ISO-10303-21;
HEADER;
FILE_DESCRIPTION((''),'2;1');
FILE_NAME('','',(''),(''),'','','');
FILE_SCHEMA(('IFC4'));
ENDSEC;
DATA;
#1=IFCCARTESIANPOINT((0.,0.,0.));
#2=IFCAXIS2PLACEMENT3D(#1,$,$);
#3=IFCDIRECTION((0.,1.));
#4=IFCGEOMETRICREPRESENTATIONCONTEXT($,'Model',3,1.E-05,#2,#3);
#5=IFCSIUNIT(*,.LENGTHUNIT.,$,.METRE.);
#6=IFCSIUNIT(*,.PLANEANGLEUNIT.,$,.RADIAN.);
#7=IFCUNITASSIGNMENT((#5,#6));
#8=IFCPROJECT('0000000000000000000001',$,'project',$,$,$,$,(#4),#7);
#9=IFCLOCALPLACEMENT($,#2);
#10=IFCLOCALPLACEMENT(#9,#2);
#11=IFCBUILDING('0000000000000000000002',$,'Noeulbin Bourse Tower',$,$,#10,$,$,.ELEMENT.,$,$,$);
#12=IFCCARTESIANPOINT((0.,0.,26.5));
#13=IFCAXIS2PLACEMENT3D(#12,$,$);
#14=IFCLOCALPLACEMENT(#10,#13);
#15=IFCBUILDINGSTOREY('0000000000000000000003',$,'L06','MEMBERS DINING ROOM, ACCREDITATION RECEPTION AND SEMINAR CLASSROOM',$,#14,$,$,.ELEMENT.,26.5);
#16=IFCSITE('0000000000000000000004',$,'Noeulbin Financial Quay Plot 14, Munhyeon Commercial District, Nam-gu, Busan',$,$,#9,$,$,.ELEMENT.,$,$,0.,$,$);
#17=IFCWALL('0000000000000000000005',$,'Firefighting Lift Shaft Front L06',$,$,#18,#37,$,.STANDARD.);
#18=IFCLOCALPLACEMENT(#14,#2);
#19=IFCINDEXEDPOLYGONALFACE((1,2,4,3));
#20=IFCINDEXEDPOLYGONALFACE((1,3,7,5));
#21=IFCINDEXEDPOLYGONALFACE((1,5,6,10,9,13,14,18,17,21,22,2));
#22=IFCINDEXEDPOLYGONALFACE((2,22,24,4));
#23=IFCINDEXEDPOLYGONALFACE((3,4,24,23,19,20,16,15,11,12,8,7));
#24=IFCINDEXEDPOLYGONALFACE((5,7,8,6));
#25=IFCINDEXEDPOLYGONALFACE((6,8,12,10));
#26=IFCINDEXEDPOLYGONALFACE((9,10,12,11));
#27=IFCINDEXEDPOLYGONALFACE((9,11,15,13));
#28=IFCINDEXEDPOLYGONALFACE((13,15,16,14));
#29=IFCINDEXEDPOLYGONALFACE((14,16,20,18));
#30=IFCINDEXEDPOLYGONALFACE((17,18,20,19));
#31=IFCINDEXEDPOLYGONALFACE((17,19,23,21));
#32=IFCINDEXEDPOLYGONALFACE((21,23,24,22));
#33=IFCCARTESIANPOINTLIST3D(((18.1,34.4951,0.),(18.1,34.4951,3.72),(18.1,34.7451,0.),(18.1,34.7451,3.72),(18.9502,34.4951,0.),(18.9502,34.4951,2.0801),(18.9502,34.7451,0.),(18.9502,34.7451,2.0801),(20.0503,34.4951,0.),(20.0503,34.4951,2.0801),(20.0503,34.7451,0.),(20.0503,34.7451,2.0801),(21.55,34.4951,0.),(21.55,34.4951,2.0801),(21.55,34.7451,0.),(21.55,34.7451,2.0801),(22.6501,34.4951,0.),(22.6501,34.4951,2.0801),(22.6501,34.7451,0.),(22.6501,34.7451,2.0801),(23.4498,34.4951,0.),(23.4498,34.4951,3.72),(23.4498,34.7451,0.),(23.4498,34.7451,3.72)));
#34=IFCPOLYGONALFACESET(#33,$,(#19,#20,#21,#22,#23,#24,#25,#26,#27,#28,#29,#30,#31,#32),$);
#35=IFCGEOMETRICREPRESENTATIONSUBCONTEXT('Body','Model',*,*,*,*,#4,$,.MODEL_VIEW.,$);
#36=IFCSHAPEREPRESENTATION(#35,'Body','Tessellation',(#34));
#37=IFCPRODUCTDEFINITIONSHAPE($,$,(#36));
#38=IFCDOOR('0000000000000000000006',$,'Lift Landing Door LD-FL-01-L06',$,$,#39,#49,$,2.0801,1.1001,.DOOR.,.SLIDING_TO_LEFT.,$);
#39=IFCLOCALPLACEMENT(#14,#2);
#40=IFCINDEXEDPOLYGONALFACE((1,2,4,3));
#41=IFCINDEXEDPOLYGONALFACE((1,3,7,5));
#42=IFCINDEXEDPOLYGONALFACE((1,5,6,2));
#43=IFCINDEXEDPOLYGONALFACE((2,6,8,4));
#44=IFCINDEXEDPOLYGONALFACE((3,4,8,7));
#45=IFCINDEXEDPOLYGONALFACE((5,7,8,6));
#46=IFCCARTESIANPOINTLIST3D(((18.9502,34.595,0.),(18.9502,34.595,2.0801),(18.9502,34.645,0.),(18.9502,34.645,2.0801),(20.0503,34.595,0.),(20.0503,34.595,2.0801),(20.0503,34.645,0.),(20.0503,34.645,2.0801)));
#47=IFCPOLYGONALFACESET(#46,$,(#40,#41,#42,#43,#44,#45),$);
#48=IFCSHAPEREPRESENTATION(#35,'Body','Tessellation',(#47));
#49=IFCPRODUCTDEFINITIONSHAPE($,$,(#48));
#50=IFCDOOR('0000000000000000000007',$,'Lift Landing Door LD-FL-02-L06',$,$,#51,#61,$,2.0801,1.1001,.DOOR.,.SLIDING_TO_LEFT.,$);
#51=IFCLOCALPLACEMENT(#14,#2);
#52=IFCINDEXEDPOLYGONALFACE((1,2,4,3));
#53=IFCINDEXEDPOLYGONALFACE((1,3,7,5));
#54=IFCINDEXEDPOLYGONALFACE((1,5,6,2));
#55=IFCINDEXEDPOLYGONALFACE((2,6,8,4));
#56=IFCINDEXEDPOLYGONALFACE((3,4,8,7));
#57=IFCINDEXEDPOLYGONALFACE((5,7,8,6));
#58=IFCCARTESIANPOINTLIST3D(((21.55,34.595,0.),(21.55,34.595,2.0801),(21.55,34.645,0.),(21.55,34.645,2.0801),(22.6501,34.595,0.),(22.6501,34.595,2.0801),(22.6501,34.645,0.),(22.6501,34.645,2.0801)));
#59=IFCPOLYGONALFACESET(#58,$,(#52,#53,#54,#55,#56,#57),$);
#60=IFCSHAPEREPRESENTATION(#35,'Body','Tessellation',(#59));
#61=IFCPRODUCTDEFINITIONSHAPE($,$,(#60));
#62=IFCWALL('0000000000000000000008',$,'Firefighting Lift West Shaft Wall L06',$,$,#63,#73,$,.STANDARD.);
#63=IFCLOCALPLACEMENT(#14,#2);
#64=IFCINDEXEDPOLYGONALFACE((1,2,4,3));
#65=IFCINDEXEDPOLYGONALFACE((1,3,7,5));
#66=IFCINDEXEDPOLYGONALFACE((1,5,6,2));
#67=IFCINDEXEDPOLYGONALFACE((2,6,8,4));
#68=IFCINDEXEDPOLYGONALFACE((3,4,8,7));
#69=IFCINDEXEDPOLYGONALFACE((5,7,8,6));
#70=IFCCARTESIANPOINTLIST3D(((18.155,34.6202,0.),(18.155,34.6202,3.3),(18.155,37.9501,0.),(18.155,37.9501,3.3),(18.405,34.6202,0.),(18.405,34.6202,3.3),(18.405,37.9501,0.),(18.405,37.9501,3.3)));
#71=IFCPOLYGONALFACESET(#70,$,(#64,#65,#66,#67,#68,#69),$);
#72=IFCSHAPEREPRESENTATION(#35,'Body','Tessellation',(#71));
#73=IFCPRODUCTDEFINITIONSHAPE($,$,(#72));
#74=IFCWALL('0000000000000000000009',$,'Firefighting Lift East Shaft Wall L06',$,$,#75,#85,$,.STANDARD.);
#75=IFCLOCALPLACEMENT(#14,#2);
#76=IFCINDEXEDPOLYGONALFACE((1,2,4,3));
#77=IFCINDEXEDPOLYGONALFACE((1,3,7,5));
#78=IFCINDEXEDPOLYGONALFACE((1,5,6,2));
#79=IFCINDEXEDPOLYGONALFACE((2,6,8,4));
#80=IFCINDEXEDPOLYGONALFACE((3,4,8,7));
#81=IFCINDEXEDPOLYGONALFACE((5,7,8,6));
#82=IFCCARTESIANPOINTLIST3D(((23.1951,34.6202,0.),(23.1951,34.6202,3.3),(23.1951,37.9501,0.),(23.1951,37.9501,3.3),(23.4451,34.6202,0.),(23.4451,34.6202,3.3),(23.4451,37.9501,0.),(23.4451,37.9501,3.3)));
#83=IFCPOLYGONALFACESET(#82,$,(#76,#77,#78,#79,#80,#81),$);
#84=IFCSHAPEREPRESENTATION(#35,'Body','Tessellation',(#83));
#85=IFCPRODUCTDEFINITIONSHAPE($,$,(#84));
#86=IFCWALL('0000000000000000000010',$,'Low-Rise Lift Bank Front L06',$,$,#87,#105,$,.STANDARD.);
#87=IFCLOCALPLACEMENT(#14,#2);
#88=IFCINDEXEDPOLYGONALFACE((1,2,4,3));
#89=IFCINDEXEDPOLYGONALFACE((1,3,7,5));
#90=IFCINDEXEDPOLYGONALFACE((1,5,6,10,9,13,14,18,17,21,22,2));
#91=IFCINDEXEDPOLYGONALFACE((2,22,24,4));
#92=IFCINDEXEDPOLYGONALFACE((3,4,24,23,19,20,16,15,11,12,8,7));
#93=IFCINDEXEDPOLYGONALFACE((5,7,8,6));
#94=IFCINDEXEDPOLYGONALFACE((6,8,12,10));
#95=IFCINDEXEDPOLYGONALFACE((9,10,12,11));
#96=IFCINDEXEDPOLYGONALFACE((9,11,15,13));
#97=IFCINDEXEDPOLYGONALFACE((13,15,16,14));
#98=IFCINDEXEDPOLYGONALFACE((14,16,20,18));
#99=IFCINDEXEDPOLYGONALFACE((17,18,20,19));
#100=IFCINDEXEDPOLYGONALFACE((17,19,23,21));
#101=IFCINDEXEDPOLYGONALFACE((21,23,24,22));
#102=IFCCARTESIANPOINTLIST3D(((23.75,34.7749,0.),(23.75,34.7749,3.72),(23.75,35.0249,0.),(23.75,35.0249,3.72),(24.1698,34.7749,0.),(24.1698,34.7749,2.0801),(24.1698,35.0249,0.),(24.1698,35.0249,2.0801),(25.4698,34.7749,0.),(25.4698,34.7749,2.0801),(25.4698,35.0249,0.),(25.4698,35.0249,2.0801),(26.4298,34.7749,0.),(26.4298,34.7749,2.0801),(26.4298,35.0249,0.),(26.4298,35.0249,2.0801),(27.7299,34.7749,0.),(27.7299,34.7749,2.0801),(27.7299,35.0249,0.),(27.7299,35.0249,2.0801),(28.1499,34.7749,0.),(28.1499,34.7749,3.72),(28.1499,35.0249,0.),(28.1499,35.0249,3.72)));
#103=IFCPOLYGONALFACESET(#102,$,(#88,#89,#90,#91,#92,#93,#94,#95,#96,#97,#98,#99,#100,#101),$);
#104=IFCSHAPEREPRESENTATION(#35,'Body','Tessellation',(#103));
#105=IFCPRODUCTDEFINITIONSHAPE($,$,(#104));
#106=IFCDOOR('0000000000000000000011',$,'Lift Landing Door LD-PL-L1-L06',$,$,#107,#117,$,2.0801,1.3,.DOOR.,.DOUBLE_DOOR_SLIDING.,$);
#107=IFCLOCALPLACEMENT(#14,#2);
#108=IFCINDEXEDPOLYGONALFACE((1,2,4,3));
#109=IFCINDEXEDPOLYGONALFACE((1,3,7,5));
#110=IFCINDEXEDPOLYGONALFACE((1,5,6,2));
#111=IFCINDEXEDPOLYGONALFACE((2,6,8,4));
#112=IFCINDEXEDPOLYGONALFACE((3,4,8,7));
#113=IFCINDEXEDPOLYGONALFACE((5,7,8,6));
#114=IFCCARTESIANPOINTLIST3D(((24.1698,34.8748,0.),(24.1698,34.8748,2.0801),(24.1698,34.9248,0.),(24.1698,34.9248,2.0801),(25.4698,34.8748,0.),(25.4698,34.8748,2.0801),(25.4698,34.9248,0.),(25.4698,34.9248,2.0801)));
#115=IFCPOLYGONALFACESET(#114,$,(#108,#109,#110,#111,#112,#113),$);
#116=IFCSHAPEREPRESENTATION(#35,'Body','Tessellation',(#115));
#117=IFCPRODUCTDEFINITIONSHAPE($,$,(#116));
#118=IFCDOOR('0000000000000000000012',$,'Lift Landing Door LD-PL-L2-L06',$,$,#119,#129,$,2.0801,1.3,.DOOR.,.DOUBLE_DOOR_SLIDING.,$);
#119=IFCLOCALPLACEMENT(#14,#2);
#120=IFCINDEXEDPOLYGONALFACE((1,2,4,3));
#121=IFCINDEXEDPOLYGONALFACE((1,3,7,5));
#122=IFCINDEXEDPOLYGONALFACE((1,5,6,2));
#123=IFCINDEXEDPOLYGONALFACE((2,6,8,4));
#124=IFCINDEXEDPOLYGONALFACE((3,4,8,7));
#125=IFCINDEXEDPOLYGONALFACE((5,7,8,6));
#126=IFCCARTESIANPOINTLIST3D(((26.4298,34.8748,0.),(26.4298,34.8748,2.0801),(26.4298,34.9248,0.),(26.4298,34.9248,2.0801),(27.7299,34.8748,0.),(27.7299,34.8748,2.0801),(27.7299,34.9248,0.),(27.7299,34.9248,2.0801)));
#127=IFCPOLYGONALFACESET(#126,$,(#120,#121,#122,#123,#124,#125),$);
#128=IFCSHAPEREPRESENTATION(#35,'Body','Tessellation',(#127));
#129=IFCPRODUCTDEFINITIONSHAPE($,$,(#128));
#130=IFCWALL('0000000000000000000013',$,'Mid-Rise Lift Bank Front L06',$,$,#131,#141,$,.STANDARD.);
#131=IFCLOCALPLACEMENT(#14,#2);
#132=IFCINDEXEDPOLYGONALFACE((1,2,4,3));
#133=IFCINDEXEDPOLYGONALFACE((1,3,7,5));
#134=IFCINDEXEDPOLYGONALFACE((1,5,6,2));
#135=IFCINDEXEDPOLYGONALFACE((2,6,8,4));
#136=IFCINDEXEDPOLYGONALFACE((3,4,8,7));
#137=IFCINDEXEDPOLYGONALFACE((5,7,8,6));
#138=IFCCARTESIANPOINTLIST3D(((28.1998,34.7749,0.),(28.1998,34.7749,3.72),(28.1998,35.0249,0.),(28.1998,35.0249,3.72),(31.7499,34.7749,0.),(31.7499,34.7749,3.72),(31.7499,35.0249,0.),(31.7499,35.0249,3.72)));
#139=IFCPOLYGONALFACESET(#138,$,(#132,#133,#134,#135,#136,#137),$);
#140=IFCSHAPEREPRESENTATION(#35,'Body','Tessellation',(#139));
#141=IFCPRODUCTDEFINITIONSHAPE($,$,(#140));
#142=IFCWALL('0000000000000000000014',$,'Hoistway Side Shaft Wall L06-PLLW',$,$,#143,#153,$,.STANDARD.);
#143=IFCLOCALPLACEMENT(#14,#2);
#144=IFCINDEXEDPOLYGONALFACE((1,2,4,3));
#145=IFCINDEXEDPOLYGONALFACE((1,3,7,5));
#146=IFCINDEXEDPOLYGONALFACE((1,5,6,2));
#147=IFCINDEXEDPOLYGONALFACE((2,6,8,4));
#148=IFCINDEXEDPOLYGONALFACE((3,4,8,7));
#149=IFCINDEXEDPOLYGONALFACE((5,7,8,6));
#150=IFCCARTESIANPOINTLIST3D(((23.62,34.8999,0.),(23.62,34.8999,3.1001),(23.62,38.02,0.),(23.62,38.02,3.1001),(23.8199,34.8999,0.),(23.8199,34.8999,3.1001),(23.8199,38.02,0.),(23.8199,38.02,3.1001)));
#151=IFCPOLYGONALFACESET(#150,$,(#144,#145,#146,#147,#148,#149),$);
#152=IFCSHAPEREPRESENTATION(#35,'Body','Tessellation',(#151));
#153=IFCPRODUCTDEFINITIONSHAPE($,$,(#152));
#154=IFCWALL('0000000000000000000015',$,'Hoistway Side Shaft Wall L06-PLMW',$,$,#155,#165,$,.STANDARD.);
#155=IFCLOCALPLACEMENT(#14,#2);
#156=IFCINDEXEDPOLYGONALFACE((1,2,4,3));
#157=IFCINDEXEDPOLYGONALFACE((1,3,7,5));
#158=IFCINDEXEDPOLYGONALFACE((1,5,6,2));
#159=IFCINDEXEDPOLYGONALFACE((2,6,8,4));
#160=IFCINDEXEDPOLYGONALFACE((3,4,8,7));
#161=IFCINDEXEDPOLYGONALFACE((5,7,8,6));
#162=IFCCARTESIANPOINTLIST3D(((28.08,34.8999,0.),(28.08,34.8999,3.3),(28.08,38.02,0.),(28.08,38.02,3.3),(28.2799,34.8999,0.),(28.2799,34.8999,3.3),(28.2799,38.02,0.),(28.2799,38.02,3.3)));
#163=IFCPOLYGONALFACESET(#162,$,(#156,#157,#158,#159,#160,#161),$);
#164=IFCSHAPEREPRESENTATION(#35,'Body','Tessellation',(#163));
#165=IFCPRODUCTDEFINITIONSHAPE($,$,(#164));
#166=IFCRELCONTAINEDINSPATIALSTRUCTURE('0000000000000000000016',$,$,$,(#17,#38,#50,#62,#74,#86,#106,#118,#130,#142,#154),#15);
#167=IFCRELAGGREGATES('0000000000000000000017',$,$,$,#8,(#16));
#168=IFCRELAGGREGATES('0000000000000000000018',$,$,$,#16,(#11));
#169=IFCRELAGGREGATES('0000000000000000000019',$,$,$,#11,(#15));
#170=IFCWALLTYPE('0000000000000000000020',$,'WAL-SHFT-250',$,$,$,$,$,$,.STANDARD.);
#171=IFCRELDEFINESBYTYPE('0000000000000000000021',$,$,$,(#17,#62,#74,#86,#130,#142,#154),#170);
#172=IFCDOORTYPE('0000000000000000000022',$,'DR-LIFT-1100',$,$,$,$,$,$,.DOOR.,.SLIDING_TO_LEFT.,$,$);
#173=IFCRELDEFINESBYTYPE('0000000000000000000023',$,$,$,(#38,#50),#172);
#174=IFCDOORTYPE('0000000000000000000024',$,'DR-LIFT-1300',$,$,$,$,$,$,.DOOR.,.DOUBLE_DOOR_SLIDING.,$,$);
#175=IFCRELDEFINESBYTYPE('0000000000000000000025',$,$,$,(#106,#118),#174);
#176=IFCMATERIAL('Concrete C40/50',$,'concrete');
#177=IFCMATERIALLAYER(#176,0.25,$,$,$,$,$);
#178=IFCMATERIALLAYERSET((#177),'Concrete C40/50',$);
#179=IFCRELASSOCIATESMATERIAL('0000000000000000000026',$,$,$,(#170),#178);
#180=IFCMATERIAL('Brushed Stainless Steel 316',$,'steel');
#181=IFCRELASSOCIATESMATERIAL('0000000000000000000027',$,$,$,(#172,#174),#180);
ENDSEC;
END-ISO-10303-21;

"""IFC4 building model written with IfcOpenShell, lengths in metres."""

from ifc_helpers import new_model, si_unit, direction, frame, frame_2d, origin, place, context, subcontext, project, spatial, rectangle, extrude, material, layer, layer_set, type_object, element, fill, save


model = new_model("IFC4")

# Units and contexts
model_context = context("Model", 3, precision=1e-05, world=origin(), true_north=direction((0.0, 1.0)))
body_context = subcontext(model_context, "Body", "Model", "MODEL_VIEW")
ifc_project = project(units=[si_unit("LENGTHUNIT", "METRE"), si_unit("PLANEANGLEUNIT", "RADIAN")], contexts=[model_context])

# Site, building, storey
site_placement = place(None, origin())
site = spatial("IfcSite", under=ifc_project, at=site_placement, Name="Noeulbin Financial Quay Plot 14, Munhyeon Commercial District, Nam-gu, Busan", CompositionType="ELEMENT", RefElevation=0.0)
building_placement = place(site_placement, origin())
building = spatial("IfcBuilding", under=site, at=building_placement, Name="Noeulbin Bourse Tower", CompositionType="ELEMENT")
storey_placement = place(building_placement, frame((0.0, 0.0, 26.5)))
storey = spatial("IfcBuildingStorey", under=building, at=storey_placement, Name="L06", Description="MEMBERS DINING ROOM, ACCREDITATION RECEPTION AND SEMINAR CLASSROOM", CompositionType="ELEMENT", Elevation=26.5)

# Shared definitions
ifc_material_1 = material(Name="Concrete C40/50", Category="concrete")

# Shared definitions
ifc_layer_1 = layer(ifc_material_1, 0.25)
ifc_layer_set_1 = layer_set([ifc_layer_1], Name="Concrete C40/50")
wall_type_1 = type_object("IfcWallType", Name="WAL-SHFT-250", PredefinedType="STANDARD", material=ifc_layer_set_1)

# Wall, openings, doors
wall_1_placement = place(storey_placement, frame((18.1001, 34.6201, 0.0), z_axis=(0.0, 0.0, 1.0), x_axis=(1.0, 0.0, 0.0)))
wall_1 = element("IfcWall", 1, at=wall_1_placement, inside=storey, type_object=wall_type_1, Name="Firefighting Lift Shaft Front L06", PredefinedType="STANDARD", context=body_context, shape_type="SweptSolid", body=[
    extrude(rectangle(XDim=5.3499, YDim=0.25, at=frame_2d((2.6748, 0.0))), origin(), (0.0, 0.0, 1.0), 3.72),
])
opening_1_placement = place(wall_1_placement, frame((0.8501, 0.0, 0.0)))
opening_1 = element("IfcOpeningElement", 2, at=opening_1_placement, cuts=wall_1, PredefinedType="OPENING", context=body_context, shape_type="SweptSolid", body=[
    extrude(rectangle(XDim=1.1001, YDim=2.0801, at=frame_2d((0.55, 1.04))), frame((0.0, 0.135, 0.0), z_axis=(0.0, -1.0, 0.0), x_axis=(1.0, 0.0, 0.0)), (0.0, 0.0, 1.0), 0.27),
])
opening_2_placement = place(wall_1_placement, frame((3.45, 0.0, 0.0)))
opening_2 = element("IfcOpeningElement", 3, at=opening_2_placement, cuts=wall_1, PredefinedType="OPENING", context=body_context, shape_type="SweptSolid", body=[
    extrude(rectangle(XDim=1.1001, YDim=2.0801, at=frame_2d((0.55, 1.04))), frame((0.0, 0.135, 0.0), z_axis=(0.0, -1.0, 0.0), x_axis=(1.0, 0.0, 0.0)), (0.0, 0.0, 1.0), 0.27),
])
ifc_material_2 = material(Name="Brushed Stainless Steel 316", Category="steel")
door_type_1 = type_object("IfcDoorType", Name="DR-LIFT-1100", OperationType="SLIDING_TO_LEFT", PredefinedType="DOOR", material=ifc_material_2)
door_1_placement = place(opening_1_placement, origin())
door_1 = element("IfcDoor", 4, at=door_1_placement, inside=storey, type_object=door_type_1, Name="Lift Landing Door LD-FL-01-L06", OperationType="SLIDING_TO_LEFT", OverallHeight=2.0801, OverallWidth=1.1001, PredefinedType="DOOR", context=body_context, shape_type="SweptSolid", body=[
    extrude(rectangle(XDim=1.1001, YDim=2.0801, at=frame_2d((0.55, 1.04))), frame((0.0, 0.0249, 0.0), z_axis=(0.0, -1.0, 0.0), x_axis=(1.0, 0.0, 0.0)), (0.0, 0.0, 1.0), 0.05),
])
fill(opening_1, door_1)
door_2_placement = place(opening_2_placement, origin())
door_2 = element("IfcDoor", 5, at=door_2_placement, inside=storey, type_object=door_type_1, Name="Lift Landing Door LD-FL-02-L06", OperationType="SLIDING_TO_LEFT", OverallHeight=2.0801, OverallWidth=1.1001, PredefinedType="DOOR", context=body_context, shape_type="SweptSolid", body=[
    extrude(rectangle(XDim=1.1001, YDim=2.0801, at=frame_2d((0.55, 1.04))), frame((0.0, 0.0249, 0.0), z_axis=(0.0, -1.0, 0.0), x_axis=(1.0, 0.0, 0.0)), (0.0, 0.0, 1.0), 0.05),
])
fill(opening_2, door_2)

# Walls
for number, where, z_axis, x_axis, name in (
    (6, (18.28, 34.6201, 0.0), (0.0, 0.0, 1.0), (0.0, 1.0, 0.0), "Firefighting Lift West Shaft Wall L06"),
    (7, (23.3201, 34.6201, 0.0), (0.0, 0.0, 1.0), (0.0, 1.0, 0.0), "Firefighting Lift East Shaft Wall L06"),
):
    element("IfcWall", number, at=place(storey_placement, frame(where, z_axis=z_axis, x_axis=x_axis)), inside=storey, type_object=wall_type_1, Name=name, PredefinedType="STANDARD", context=body_context, shape_type="SweptSolid", body=[
        extrude(rectangle(XDim=3.3298, YDim=0.25, at=frame_2d((1.665, 0.0))), origin(), (0.0, 0.0, 1.0), 3.3),
    ])

# Wall, openings, doors
wall_2_placement = place(storey_placement, frame((23.75, 34.8999, 0.0), z_axis=(0.0, 0.0, 1.0), x_axis=(1.0, 0.0, 0.0)))
wall_2 = element("IfcWall", 8, at=wall_2_placement, inside=storey, type_object=wall_type_1, Name="Low-Rise Lift Bank Front L06", PredefinedType="STANDARD", context=body_context, shape_type="SweptSolid", body=[
    extrude(rectangle(XDim=4.3999, YDim=0.25, at=frame_2d((2.2, 0.0))), origin(), (0.0, 0.0, 1.0), 3.72),
])
opening_3_placement = place(wall_2_placement, frame((0.4199, 0.0, 0.0)))
opening_3 = element("IfcOpeningElement", 9, at=opening_3_placement, cuts=wall_2, PredefinedType="OPENING", context=body_context, shape_type="SweptSolid", body=[
    extrude(rectangle(XDim=1.3, YDim=2.0801, at=frame_2d((0.6499, 1.04))), frame((0.0, 0.135, 0.0), z_axis=(0.0, -1.0, 0.0), x_axis=(1.0, 0.0, 0.0)), (0.0, 0.0, 1.0), 0.27),
])
opening_4_placement = place(wall_2_placement, frame((2.6799, 0.0, 0.0)))
opening_4 = element("IfcOpeningElement", 10, at=opening_4_placement, cuts=wall_2, PredefinedType="OPENING", context=body_context, shape_type="SweptSolid", body=[
    extrude(rectangle(XDim=1.3, YDim=2.0801, at=frame_2d((0.6499, 1.04))), frame((0.0, 0.135, 0.0), z_axis=(0.0, -1.0, 0.0), x_axis=(1.0, 0.0, 0.0)), (0.0, 0.0, 1.0), 0.27),
])
door_type_2 = type_object("IfcDoorType", Name="DR-LIFT-1300", OperationType="DOUBLE_DOOR_SLIDING", PredefinedType="DOOR", material=ifc_material_2)
door_3_placement = place(opening_3_placement, origin())
door_3 = element("IfcDoor", 11, at=door_3_placement, inside=storey, type_object=door_type_2, Name="Lift Landing Door LD-PL-L1-L06", OperationType="DOUBLE_DOOR_SLIDING", OverallHeight=2.0801, OverallWidth=1.3, PredefinedType="DOOR", context=body_context, shape_type="SweptSolid", body=[
    extrude(rectangle(XDim=1.3, YDim=2.0801, at=frame_2d((0.6499, 1.04))), frame((0.0, 0.0249, 0.0), z_axis=(0.0, -1.0, 0.0), x_axis=(1.0, 0.0, 0.0)), (0.0, 0.0, 1.0), 0.05),
])
fill(opening_3, door_3)
door_4_placement = place(opening_4_placement, origin())
door_4 = element("IfcDoor", 12, at=door_4_placement, inside=storey, type_object=door_type_2, Name="Lift Landing Door LD-PL-L2-L06", OperationType="DOUBLE_DOOR_SLIDING", OverallHeight=2.0801, OverallWidth=1.3, PredefinedType="DOOR", context=body_context, shape_type="SweptSolid", body=[
    extrude(rectangle(XDim=1.3, YDim=2.0801, at=frame_2d((0.6499, 1.04))), frame((0.0, 0.0249, 0.0), z_axis=(0.0, -1.0, 0.0), x_axis=(1.0, 0.0, 0.0)), (0.0, 0.0, 1.0), 0.05),
])
fill(opening_4, door_4)

# Walls
wall_3_placement = place(storey_placement, frame((28.2, 34.8999, 0.0), z_axis=(0.0, 0.0, 1.0), x_axis=(1.0, 0.0, 0.0)))
element("IfcWall", 13, at=wall_3_placement, inside=storey, type_object=wall_type_1, Name="Mid-Rise Lift Bank Front L06", PredefinedType="STANDARD", context=body_context, shape_type="SweptSolid", body=[
    extrude(rectangle(XDim=3.55, YDim=0.25, at=frame_2d((1.7749, 0.0))), origin(), (0.0, 0.0, 1.0), 3.72),
])
wall_4_placement = place(storey_placement, frame((23.72, 34.8999, 0.0), z_axis=(0.0, 0.0, 1.0), x_axis=(0.0, 1.0, 0.0)))
element("IfcWall", 14, at=wall_4_placement, inside=storey, type_object=wall_type_1, Name="Hoistway Side Shaft Wall L06-PLLW", PredefinedType="STANDARD", context=body_context, shape_type="SweptSolid", body=[
    extrude(rectangle(XDim=3.1201, YDim=0.2, at=frame_2d((1.5601, 0.0))), origin(), (0.0, 0.0, 1.0), 3.1001),
])
wall_5_placement = place(storey_placement, frame((28.1799, 34.8999, 0.0), z_axis=(0.0, 0.0, 1.0), x_axis=(0.0, 1.0, 0.0)))
element("IfcWall", 15, at=wall_5_placement, inside=storey, type_object=wall_type_1, Name="Hoistway Side Shaft Wall L06-PLMW", PredefinedType="STANDARD", context=body_context, shape_type="SweptSolid", body=[
    extrude(rectangle(XDim=3.1201, YDim=0.2, at=frame_2d((1.5601, 0.0))), origin(), (0.0, 0.0, 1.0), 3.3),
])

save(model, "model.ifc")
